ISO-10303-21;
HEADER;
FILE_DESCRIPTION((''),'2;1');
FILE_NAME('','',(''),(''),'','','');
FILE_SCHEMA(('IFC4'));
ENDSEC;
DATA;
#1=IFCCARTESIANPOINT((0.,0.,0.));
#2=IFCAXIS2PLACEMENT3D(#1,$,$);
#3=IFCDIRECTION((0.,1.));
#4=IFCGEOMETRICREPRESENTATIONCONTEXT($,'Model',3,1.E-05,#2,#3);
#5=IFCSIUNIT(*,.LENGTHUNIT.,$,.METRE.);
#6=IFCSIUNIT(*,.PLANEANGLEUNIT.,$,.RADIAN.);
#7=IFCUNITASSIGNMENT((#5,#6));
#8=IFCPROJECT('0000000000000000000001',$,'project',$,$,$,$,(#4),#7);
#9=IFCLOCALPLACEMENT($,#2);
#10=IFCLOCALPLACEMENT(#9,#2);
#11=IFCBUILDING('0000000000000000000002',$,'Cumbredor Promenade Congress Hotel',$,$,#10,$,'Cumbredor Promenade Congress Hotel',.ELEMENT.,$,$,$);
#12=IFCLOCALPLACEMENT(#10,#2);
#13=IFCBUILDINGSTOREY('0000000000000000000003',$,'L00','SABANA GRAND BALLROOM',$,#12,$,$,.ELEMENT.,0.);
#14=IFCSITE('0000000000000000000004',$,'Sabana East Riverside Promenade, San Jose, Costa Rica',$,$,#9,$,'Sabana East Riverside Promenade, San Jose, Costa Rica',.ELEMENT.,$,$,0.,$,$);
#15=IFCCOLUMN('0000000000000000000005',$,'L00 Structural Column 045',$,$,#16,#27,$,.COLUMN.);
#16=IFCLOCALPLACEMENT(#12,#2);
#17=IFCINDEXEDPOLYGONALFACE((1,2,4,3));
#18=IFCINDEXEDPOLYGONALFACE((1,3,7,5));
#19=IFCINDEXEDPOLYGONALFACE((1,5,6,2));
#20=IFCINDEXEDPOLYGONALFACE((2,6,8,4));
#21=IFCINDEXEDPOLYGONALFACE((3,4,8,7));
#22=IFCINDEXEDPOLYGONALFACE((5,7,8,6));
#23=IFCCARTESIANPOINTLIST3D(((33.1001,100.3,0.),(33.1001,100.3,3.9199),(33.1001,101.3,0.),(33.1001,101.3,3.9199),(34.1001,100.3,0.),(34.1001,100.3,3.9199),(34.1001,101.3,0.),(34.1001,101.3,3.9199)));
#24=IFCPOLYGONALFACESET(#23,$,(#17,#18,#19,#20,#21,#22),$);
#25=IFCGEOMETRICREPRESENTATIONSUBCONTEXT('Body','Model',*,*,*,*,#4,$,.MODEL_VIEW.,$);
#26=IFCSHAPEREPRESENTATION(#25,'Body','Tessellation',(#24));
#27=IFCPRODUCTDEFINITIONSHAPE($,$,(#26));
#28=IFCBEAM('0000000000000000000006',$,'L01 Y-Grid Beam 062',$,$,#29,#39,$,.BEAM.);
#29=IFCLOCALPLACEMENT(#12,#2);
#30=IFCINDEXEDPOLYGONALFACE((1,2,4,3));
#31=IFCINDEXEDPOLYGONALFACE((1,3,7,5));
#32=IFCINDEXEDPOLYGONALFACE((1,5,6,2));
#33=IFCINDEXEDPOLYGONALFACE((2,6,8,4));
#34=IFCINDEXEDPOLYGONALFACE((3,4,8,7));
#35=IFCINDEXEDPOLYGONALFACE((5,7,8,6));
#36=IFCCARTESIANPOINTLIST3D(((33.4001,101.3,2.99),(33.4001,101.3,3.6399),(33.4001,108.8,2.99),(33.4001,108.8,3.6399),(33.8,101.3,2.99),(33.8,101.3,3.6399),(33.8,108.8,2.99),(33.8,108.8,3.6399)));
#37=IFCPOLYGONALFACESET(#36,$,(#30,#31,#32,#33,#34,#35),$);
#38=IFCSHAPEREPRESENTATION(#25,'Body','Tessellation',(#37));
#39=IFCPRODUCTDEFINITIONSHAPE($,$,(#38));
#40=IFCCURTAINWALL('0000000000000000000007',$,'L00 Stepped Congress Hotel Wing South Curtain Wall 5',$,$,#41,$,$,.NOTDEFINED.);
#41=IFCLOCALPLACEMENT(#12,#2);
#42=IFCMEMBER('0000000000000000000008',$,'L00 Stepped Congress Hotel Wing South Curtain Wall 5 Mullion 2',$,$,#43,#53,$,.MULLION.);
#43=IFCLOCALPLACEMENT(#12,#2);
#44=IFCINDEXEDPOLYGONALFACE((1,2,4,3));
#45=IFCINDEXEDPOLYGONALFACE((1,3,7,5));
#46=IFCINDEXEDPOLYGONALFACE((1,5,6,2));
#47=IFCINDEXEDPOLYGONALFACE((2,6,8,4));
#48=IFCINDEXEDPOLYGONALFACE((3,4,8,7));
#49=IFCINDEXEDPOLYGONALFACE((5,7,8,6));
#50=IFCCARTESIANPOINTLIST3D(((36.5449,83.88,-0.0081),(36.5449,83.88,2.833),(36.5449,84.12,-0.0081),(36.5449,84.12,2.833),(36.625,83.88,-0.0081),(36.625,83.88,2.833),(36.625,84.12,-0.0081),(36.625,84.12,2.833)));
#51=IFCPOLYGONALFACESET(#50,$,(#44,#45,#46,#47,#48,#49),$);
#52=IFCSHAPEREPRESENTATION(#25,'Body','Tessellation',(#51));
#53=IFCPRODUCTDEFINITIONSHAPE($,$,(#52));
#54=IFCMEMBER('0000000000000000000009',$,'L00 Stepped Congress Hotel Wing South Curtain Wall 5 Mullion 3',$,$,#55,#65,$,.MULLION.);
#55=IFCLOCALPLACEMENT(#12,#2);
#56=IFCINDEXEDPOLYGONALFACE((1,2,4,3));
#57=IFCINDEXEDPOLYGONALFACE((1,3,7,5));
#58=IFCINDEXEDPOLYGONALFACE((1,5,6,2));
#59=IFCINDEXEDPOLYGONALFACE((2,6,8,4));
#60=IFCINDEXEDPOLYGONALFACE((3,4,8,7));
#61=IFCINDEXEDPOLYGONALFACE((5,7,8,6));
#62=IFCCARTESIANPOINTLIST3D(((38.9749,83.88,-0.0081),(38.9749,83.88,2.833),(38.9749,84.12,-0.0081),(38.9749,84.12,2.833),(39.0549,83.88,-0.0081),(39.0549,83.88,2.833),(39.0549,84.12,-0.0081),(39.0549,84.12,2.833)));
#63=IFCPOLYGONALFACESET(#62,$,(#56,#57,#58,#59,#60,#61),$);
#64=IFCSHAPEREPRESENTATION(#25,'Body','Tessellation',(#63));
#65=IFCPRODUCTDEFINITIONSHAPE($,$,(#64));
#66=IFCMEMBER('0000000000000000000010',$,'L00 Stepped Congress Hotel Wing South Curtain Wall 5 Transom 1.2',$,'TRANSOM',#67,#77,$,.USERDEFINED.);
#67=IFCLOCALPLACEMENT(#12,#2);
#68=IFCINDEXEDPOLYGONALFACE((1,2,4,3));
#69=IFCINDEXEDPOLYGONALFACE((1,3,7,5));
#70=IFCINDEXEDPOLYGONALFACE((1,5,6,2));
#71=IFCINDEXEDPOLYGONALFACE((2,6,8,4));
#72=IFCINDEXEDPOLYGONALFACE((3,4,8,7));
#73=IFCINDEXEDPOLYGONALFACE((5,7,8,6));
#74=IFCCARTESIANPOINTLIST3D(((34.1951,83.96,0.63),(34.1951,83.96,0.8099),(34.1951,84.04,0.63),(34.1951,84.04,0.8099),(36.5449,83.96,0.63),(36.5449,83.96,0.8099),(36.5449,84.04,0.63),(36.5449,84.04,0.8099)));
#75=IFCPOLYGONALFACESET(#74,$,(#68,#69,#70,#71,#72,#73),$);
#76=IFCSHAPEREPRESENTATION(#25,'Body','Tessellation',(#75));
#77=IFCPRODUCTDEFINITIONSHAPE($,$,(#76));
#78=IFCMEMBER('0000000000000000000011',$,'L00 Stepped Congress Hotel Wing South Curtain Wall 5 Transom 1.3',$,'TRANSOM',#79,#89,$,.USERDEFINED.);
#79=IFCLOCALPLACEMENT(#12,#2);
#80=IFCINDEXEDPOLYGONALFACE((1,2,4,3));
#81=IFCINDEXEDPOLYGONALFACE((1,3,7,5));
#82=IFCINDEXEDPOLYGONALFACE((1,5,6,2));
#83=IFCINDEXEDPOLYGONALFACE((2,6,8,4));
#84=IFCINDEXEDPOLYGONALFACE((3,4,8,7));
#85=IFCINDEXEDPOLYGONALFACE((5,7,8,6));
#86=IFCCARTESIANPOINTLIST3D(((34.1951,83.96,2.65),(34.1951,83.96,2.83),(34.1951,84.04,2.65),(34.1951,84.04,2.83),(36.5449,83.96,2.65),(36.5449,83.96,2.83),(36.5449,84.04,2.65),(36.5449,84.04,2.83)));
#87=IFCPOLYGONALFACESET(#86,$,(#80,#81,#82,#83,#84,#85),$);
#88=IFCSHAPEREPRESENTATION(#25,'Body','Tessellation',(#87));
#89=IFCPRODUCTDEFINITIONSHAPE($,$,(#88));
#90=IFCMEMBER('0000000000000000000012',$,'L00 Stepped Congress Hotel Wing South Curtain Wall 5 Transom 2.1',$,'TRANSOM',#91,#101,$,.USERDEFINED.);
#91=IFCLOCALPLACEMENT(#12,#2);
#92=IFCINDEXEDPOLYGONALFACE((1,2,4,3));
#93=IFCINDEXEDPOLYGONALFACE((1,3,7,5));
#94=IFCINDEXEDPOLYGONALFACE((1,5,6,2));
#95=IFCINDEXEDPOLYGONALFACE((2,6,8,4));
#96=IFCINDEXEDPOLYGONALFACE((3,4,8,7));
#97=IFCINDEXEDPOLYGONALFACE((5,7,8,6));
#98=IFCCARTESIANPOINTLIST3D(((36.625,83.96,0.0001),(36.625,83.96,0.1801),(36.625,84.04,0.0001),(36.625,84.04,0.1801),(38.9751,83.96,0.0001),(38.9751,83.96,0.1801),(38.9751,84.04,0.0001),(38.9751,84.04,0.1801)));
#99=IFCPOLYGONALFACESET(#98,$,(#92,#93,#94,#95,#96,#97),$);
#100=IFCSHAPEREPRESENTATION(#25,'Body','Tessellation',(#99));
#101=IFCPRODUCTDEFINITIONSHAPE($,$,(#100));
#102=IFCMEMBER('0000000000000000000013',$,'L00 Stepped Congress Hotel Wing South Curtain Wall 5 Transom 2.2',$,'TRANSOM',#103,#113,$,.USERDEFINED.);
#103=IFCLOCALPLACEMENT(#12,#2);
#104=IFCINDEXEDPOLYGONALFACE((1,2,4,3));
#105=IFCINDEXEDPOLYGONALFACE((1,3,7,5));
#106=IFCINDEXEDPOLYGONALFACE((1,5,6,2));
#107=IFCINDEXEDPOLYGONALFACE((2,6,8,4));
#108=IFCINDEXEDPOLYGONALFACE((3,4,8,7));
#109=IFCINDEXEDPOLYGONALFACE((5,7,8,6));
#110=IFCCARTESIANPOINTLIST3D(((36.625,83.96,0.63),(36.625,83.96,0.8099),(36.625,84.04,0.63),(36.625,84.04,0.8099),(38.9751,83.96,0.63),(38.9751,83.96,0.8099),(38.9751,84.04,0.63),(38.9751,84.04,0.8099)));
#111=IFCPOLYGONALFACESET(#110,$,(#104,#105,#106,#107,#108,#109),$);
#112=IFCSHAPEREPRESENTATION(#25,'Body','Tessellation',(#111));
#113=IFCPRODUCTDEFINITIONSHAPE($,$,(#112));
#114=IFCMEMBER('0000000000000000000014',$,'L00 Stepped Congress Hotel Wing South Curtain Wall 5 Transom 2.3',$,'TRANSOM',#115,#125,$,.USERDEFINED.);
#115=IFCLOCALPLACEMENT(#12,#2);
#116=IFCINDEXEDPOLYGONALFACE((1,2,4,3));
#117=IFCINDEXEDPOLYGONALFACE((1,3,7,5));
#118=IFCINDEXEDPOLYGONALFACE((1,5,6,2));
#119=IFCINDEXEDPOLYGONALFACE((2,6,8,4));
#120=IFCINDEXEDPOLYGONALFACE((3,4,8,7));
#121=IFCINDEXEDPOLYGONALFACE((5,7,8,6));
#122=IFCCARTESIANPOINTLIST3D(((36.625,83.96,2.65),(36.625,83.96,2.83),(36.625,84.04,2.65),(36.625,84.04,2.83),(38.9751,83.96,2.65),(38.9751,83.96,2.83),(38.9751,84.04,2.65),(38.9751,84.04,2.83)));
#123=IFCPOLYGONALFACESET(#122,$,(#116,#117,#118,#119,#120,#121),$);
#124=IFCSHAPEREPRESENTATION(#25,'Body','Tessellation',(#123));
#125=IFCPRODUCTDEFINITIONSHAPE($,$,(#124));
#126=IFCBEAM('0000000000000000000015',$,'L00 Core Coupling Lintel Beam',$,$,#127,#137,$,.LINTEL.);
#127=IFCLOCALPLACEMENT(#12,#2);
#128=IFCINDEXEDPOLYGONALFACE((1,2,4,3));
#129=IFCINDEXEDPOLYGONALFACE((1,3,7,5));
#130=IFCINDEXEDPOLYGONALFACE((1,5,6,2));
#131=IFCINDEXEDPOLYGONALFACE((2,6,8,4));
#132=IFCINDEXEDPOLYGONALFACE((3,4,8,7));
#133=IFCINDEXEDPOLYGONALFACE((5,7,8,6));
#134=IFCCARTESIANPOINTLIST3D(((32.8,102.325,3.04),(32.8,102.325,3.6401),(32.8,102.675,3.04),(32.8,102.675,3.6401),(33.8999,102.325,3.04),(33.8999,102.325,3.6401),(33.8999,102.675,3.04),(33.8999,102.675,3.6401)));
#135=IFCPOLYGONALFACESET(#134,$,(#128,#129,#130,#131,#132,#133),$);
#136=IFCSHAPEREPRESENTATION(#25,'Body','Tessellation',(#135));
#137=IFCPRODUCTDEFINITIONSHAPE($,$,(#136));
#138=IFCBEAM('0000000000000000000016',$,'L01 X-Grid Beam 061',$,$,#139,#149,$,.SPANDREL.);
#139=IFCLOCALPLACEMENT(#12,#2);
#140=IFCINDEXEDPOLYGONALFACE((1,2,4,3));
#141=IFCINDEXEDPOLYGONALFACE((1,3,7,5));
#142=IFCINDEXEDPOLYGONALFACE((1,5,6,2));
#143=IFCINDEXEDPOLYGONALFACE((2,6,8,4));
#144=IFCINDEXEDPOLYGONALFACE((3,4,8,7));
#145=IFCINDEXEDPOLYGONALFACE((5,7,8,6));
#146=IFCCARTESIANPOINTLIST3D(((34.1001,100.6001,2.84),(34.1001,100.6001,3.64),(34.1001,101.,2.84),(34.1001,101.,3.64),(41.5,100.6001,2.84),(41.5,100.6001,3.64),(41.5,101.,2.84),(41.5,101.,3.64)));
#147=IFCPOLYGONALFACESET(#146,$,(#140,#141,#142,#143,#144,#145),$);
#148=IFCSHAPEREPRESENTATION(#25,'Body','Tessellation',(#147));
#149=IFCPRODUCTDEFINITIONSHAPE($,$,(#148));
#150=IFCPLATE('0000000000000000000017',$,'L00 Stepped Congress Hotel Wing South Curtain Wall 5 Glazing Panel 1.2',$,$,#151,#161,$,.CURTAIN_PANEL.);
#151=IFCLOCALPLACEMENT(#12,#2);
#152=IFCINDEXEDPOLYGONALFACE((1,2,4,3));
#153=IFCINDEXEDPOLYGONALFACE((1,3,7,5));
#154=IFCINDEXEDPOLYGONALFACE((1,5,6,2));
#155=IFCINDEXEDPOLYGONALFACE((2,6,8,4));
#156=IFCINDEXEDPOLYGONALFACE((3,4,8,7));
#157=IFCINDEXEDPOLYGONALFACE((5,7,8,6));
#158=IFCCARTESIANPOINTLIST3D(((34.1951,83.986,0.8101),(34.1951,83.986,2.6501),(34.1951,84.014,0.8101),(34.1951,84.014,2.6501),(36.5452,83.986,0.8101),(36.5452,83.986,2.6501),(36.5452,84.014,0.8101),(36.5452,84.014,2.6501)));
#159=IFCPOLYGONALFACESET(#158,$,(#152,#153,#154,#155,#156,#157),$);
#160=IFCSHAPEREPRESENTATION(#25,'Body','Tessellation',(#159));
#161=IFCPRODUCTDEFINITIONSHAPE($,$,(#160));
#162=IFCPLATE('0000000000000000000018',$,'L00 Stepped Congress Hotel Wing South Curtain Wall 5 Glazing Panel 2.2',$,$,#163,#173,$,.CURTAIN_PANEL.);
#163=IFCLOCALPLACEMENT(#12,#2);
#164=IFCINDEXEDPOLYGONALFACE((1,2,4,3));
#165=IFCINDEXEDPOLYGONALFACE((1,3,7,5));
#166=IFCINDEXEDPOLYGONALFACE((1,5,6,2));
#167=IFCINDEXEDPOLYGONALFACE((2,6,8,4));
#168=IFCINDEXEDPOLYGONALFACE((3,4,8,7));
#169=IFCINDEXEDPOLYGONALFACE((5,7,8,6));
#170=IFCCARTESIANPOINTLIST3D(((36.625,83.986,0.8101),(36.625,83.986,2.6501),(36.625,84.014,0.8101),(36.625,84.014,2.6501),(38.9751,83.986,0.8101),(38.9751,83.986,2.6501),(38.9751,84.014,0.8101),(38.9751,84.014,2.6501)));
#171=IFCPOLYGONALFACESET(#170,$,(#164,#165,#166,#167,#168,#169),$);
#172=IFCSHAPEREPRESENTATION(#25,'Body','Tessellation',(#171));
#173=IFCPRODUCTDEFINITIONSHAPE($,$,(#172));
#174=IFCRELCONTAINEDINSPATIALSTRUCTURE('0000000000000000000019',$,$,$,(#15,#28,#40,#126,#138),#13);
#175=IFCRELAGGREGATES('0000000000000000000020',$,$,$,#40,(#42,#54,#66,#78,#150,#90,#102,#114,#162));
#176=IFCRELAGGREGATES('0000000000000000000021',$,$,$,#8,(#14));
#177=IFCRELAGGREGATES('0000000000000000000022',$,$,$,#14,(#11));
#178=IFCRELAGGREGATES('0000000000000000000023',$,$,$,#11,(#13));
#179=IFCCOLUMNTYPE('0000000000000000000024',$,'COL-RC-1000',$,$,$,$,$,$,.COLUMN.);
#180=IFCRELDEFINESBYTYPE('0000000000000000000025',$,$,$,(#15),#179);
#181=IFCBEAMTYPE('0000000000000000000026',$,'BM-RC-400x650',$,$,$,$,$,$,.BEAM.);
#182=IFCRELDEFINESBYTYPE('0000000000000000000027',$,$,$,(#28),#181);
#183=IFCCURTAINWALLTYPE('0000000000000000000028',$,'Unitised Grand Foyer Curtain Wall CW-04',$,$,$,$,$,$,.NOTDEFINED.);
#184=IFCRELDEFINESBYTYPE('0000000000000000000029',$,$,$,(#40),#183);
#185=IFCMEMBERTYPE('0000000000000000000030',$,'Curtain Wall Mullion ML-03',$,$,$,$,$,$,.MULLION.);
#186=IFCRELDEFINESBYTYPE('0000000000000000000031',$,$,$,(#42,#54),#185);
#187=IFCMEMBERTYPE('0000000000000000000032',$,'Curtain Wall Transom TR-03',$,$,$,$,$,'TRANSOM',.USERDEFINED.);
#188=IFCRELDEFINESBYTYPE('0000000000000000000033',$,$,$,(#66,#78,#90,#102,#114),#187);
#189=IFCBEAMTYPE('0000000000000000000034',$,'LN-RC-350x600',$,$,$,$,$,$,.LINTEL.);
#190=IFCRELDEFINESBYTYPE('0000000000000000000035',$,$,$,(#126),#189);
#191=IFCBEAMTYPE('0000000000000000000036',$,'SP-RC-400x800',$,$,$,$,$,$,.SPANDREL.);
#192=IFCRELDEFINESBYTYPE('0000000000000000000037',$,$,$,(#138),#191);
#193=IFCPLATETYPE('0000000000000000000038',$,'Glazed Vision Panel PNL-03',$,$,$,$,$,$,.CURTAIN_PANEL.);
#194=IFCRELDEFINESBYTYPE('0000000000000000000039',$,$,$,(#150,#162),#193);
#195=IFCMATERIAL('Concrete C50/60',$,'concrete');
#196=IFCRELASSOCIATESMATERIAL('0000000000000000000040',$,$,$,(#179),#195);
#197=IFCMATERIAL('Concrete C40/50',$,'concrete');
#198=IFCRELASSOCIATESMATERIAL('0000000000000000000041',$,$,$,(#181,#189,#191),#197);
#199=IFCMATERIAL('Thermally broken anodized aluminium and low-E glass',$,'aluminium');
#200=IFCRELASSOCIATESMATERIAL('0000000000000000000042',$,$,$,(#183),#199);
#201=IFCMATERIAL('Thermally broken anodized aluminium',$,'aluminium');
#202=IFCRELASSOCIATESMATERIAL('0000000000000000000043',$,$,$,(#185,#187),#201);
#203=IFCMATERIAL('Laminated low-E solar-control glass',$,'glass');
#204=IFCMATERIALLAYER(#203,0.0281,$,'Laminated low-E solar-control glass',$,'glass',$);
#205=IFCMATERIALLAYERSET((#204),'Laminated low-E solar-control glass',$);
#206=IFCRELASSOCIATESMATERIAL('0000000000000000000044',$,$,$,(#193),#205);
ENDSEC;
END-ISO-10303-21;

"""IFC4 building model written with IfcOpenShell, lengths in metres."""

from ifc_helpers import new_model, si_unit, direction, frame, origin, origin_2d, place, context, subcontext, project, spatial, rectangle, extrude, material, layer, layer_set, material_profile, profile_set, type_object, element, aggregate, save


model = new_model("IFC4")

# Units and contexts
model_context = context("Model", 3, precision=1e-05, world=origin(), true_north=direction((0.0, 1.0)))
body_context = subcontext(model_context, "Body", "Model", "MODEL_VIEW")
ifc_project = project(units=[si_unit("LENGTHUNIT", "METRE"), si_unit("PLANEANGLEUNIT", "RADIAN")], contexts=[model_context])

# Site, building, storey
site_placement = place(None, origin())
site = spatial("IfcSite", under=ifc_project, at=site_placement, Name="Sabana East Riverside Promenade, San Jose, Costa Rica", LongName="Sabana East Riverside Promenade, San Jose, Costa Rica", CompositionType="ELEMENT", RefElevation=0.0)
building_placement = place(site_placement, origin())
building = spatial("IfcBuilding", under=site, at=building_placement, Name="Cumbredor Promenade Congress Hotel", LongName="Cumbredor Promenade Congress Hotel", CompositionType="ELEMENT")
storey_placement = place(building_placement, origin())
storey = spatial("IfcBuildingStorey", under=building, at=storey_placement, Name="L00", Description="SABANA GRAND BALLROOM", CompositionType="ELEMENT", Elevation=0.0)

# Column
ifc_material_1 = material(Name="Concrete C50/60", Category="concrete")
ifc_material_profile_1 = material_profile(ifc_material_1, rectangle(XDim=1.0, YDim=1.0, at=origin_2d()), Name="RC 1000x1000")
ifc_profile_set_1 = profile_set([ifc_material_profile_1], Name="Concrete C50/60")
column_type = type_object("IfcColumnType", Name="COL-RC-1000", PredefinedType="COLUMN", material=ifc_profile_set_1)
column_placement = place(storey_placement, frame((33.6001, 100.8, 0.0), z_axis=(0.0, 0.0, 1.0), x_axis=(1.0, 0.0, 0.0)))
element("IfcColumn", 1, at=column_placement, inside=storey, type_object=column_type, Name="L00 Structural Column 045", PredefinedType="COLUMN", context=body_context, shape_type="SweptSolid", body=[
    extrude(rectangle(XDim=1.0, YDim=1.0, at=origin_2d()), origin(), (0.0, 0.0, 1.0), 3.9199),
])

# Beam
ifc_material_2 = material(Name="Concrete C40/50", Category="concrete")
ifc_material_profile_2 = material_profile(ifc_material_2, rectangle(XDim=0.3999, YDim=0.6499, at=origin_2d()), Name="RC BEAM 400x650")
ifc_profile_set_2 = profile_set([ifc_material_profile_2], Name="Concrete C40/50")
beam_type_1 = type_object("IfcBeamType", Name="BM-RC-400x650", PredefinedType="BEAM", material=ifc_profile_set_2)
beam_1_placement = place(storey_placement, frame((33.6001, 101.3, 3.3149), z_axis=(0.0, 1.0, 0.0), x_axis=(-1.0, 0.0, 0.0)))
element("IfcBeam", 2, at=beam_1_placement, inside=storey, type_object=beam_type_1, Name="L01 Y-Grid Beam 062", PredefinedType="BEAM", context=body_context, shape_type="SweptSolid", body=[
    extrude(rectangle(XDim=0.3999, YDim=0.6499, at=origin_2d()), origin(), (0.0, 0.0, 1.0), 7.5),
])

# Curtain wall, members
ifc_material_3 = material(Name="Thermally broken anodized aluminium and low-E glass", Category="aluminium")
curtain_wall_type = type_object("IfcCurtainWallType", Name="Unitised Grand Foyer Curtain Wall CW-04", PredefinedType="NOTDEFINED", material=ifc_material_3)
curtain_wall_placement = place(storey_placement, origin())
curtain_wall = element("IfcCurtainWall", 3, at=curtain_wall_placement, inside=storey, type_object=curtain_wall_type, Name="L00 Stepped Congress Hotel Wing South Curtain Wall 5", PredefinedType="NOTDEFINED")
ifc_material_4 = material(Name="Thermally broken anodized aluminium", Category="aluminium")
ifc_material_profile_3 = material_profile(ifc_material_4, rectangle(XDim=0.0801, YDim=0.24, at=origin_2d()), Name="ALU MULLION 80x240")
ifc_profile_set_3 = profile_set([ifc_material_profile_3], Name="Thermally broken anodized aluminium")
member_type_1 = type_object("IfcMemberType", Name="Curtain Wall Mullion ML-03", PredefinedType="MULLION", material=ifc_profile_set_3)
member_1_placement = place(storey_placement, frame((36.585, 84.0, -0.0081), z_axis=(0.0, 0.0, 1.0), x_axis=(1.0, 0.0, 0.0)))
member_1 = element("IfcMember", 4, at=member_1_placement, type_object=member_type_1, Name="L00 Stepped Congress Hotel Wing South Curtain Wall 5 Mullion 2", PredefinedType="MULLION", context=body_context, shape_type="SweptSolid", body=[
    extrude(rectangle(XDim=0.0801, YDim=0.24, at=origin_2d()), origin(), (0.0, 0.0, 1.0), 2.8411),
])
member_2_placement = place(storey_placement, frame((39.0149, 84.0, -0.0081), z_axis=(0.0, 0.0, 1.0), x_axis=(1.0, 0.0, 0.0)))
member_2 = element("IfcMember", 5, at=member_2_placement, type_object=member_type_1, Name="L00 Stepped Congress Hotel Wing South Curtain Wall 5 Mullion 3", PredefinedType="MULLION", context=body_context, shape_type="SweptSolid", body=[
    extrude(rectangle(XDim=0.0801, YDim=0.24, at=origin_2d()), origin(), (0.0, 0.0, 1.0), 2.8411),
])
ifc_material_profile_4 = material_profile(ifc_material_4, rectangle(XDim=0.0801, YDim=0.1799, at=origin_2d()), Name="ALU TRANSOM 80x180")
ifc_profile_set_4 = profile_set([ifc_material_profile_4], Name="Thermally broken anodized aluminium")
member_type_2 = type_object("IfcMemberType", Name="Curtain Wall Transom TR-03", ElementType="TRANSOM", PredefinedType="USERDEFINED", material=ifc_profile_set_4)
member_3_placement = place(storey_placement, frame((34.1951, 84.0, 0.72), z_axis=(1.0, 0.0, 0.0), x_axis=(0.0, 1.0, 0.0)))
member_3 = element("IfcMember", 6, at=member_3_placement, type_object=member_type_2, Name="L00 Stepped Congress Hotel Wing South Curtain Wall 5 Transom 1.2", ObjectType="TRANSOM", PredefinedType="USERDEFINED", context=body_context, shape_type="SweptSolid", body=[
    extrude(rectangle(XDim=0.0801, YDim=0.1799, at=origin_2d()), origin(), (0.0, 0.0, 1.0), 2.3499),
])
member_4_placement = place(storey_placement, frame((34.1951, 84.0, 2.74), z_axis=(1.0, 0.0, 0.0), x_axis=(0.0, 1.0, 0.0)))
member_4 = element("IfcMember", 7, at=member_4_placement, type_object=member_type_2, Name="L00 Stepped Congress Hotel Wing South Curtain Wall 5 Transom 1.3", ObjectType="TRANSOM", PredefinedType="USERDEFINED", context=body_context, shape_type="SweptSolid", body=[
    extrude(rectangle(XDim=0.0801, YDim=0.1799, at=origin_2d()), origin(), (0.0, 0.0, 1.0), 2.3499),
])
member_5_placement = place(storey_placement, frame((36.625, 84.0, 0.0901), z_axis=(1.0, 0.0, 0.0), x_axis=(0.0, 1.0, 0.0)))
member_5 = element("IfcMember", 8, at=member_5_placement, type_object=member_type_2, Name="L00 Stepped Congress Hotel Wing South Curtain Wall 5 Transom 2.1", ObjectType="TRANSOM", PredefinedType="USERDEFINED", context=body_context, shape_type="SweptSolid", body=[
    extrude(rectangle(XDim=0.0801, YDim=0.1799, at=origin_2d()), origin(), (0.0, 0.0, 1.0), 2.3501),
])
member_6_placement = place(storey_placement, frame((36.625, 84.0, 0.72), z_axis=(1.0, 0.0, 0.0), x_axis=(0.0, 1.0, 0.0)))
member_6 = element("IfcMember", 9, at=member_6_placement, type_object=member_type_2, Name="L00 Stepped Congress Hotel Wing South Curtain Wall 5 Transom 2.2", ObjectType="TRANSOM", PredefinedType="USERDEFINED", context=body_context, shape_type="SweptSolid", body=[
    extrude(rectangle(XDim=0.0801, YDim=0.1799, at=origin_2d()), origin(), (0.0, 0.0, 1.0), 2.3501),
])
member_7_placement = place(storey_placement, frame((36.625, 84.0, 2.74), z_axis=(1.0, 0.0, 0.0), x_axis=(0.0, 1.0, 0.0)))
member_7 = element("IfcMember", 10, at=member_7_placement, type_object=member_type_2, Name="L00 Stepped Congress Hotel Wing South Curtain Wall 5 Transom 2.3", ObjectType="TRANSOM", PredefinedType="USERDEFINED", context=body_context, shape_type="SweptSolid", body=[
    extrude(rectangle(XDim=0.0801, YDim=0.1799, at=origin_2d()), origin(), (0.0, 0.0, 1.0), 2.3501),
])

# Beams
ifc_material_profile_5 = material_profile(ifc_material_2, rectangle(XDim=0.3501, YDim=0.6001, at=origin_2d()), Name="RC LINTEL 350x600")
ifc_profile_set_5 = profile_set([ifc_material_profile_5], Name="Concrete C40/50")
beam_type_2 = type_object("IfcBeamType", Name="LN-RC-350x600", PredefinedType="LINTEL", material=ifc_profile_set_5)
beam_2_placement = place(storey_placement, frame((32.8, 102.5, 3.3401), z_axis=(1.0, 0.0, 0.0), x_axis=(0.0, 1.0, 0.0)))
element("IfcBeam", 11, at=beam_2_placement, inside=storey, type_object=beam_type_2, Name="L00 Core Coupling Lintel Beam", PredefinedType="LINTEL", context=body_context, shape_type="SweptSolid", body=[
    extrude(rectangle(XDim=0.3501, YDim=0.6001, at=origin_2d()), origin(), (0.0, 0.0, 1.0), 1.0999),
])
ifc_material_profile_6 = material_profile(ifc_material_2, rectangle(XDim=0.3999, YDim=0.8, at=origin_2d()), Name="RC SPANDREL 400x800")
ifc_profile_set_6 = profile_set([ifc_material_profile_6], Name="Concrete C40/50")
beam_type_3 = type_object("IfcBeamType", Name="SP-RC-400x800", PredefinedType="SPANDREL", material=ifc_profile_set_6)
beam_3_placement = place(storey_placement, frame((34.1001, 100.8, 3.24), z_axis=(1.0, 0.0, 0.0), x_axis=(0.0, 1.0, 0.0)))
element("IfcBeam", 12, at=beam_3_placement, inside=storey, type_object=beam_type_3, Name="L01 X-Grid Beam 061", PredefinedType="SPANDREL", context=body_context, shape_type="SweptSolid", body=[
    extrude(rectangle(XDim=0.3999, YDim=0.8, at=origin_2d()), origin(), (0.0, 0.0, 1.0), 7.3999),
])

# Plates
ifc_material_5 = material(Name="Laminated low-E solar-control glass", Category="glass")
ifc_layer_1 = layer(ifc_material_5, 0.0281, Name="Laminated low-E solar-control glass", Category="glass")
ifc_layer_set_1 = layer_set([ifc_layer_1], Name="Laminated low-E solar-control glass")
plate_type_1 = type_object("IfcPlateType", Name="Glazed Vision Panel PNL-03", PredefinedType="CURTAIN_PANEL", material=ifc_layer_set_1)
plate_1_placement = place(storey_placement, frame((35.3701, 84.0, 0.8101), z_axis=(0.0, 0.0, 1.0), x_axis=(1.0, 0.0, 0.0)))
plate_1 = element("IfcPlate", 13, at=plate_1_placement, type_object=plate_type_1, Name="L00 Stepped Congress Hotel Wing South Curtain Wall 5 Glazing Panel 1.2", PredefinedType="CURTAIN_PANEL", context=body_context, shape_type="SweptSolid", body=[
    extrude(rectangle(XDim=2.3501, YDim=0.0281, at=origin_2d()), origin(), (0.0, 0.0, 1.0), 1.8401),
])
plate_2_placement = place(storey_placement, frame((37.8, 84.0, 0.8101), z_axis=(0.0, 0.0, 1.0), x_axis=(1.0, 0.0, 0.0)))
plate_2 = element("IfcPlate", 14, at=plate_2_placement, type_object=plate_type_1, Name="L00 Stepped Congress Hotel Wing South Curtain Wall 5 Glazing Panel 2.2", PredefinedType="CURTAIN_PANEL", context=body_context, shape_type="SweptSolid", body=[
    extrude(rectangle(XDim=2.3501, YDim=0.0281, at=origin_2d()), origin(), (0.0, 0.0, 1.0), 1.8401),
])
aggregate(curtain_wall, [member_1, member_2, member_3, member_4, plate_1, member_5, member_6, member_7, plate_2])

save(model, "model.ifc")
